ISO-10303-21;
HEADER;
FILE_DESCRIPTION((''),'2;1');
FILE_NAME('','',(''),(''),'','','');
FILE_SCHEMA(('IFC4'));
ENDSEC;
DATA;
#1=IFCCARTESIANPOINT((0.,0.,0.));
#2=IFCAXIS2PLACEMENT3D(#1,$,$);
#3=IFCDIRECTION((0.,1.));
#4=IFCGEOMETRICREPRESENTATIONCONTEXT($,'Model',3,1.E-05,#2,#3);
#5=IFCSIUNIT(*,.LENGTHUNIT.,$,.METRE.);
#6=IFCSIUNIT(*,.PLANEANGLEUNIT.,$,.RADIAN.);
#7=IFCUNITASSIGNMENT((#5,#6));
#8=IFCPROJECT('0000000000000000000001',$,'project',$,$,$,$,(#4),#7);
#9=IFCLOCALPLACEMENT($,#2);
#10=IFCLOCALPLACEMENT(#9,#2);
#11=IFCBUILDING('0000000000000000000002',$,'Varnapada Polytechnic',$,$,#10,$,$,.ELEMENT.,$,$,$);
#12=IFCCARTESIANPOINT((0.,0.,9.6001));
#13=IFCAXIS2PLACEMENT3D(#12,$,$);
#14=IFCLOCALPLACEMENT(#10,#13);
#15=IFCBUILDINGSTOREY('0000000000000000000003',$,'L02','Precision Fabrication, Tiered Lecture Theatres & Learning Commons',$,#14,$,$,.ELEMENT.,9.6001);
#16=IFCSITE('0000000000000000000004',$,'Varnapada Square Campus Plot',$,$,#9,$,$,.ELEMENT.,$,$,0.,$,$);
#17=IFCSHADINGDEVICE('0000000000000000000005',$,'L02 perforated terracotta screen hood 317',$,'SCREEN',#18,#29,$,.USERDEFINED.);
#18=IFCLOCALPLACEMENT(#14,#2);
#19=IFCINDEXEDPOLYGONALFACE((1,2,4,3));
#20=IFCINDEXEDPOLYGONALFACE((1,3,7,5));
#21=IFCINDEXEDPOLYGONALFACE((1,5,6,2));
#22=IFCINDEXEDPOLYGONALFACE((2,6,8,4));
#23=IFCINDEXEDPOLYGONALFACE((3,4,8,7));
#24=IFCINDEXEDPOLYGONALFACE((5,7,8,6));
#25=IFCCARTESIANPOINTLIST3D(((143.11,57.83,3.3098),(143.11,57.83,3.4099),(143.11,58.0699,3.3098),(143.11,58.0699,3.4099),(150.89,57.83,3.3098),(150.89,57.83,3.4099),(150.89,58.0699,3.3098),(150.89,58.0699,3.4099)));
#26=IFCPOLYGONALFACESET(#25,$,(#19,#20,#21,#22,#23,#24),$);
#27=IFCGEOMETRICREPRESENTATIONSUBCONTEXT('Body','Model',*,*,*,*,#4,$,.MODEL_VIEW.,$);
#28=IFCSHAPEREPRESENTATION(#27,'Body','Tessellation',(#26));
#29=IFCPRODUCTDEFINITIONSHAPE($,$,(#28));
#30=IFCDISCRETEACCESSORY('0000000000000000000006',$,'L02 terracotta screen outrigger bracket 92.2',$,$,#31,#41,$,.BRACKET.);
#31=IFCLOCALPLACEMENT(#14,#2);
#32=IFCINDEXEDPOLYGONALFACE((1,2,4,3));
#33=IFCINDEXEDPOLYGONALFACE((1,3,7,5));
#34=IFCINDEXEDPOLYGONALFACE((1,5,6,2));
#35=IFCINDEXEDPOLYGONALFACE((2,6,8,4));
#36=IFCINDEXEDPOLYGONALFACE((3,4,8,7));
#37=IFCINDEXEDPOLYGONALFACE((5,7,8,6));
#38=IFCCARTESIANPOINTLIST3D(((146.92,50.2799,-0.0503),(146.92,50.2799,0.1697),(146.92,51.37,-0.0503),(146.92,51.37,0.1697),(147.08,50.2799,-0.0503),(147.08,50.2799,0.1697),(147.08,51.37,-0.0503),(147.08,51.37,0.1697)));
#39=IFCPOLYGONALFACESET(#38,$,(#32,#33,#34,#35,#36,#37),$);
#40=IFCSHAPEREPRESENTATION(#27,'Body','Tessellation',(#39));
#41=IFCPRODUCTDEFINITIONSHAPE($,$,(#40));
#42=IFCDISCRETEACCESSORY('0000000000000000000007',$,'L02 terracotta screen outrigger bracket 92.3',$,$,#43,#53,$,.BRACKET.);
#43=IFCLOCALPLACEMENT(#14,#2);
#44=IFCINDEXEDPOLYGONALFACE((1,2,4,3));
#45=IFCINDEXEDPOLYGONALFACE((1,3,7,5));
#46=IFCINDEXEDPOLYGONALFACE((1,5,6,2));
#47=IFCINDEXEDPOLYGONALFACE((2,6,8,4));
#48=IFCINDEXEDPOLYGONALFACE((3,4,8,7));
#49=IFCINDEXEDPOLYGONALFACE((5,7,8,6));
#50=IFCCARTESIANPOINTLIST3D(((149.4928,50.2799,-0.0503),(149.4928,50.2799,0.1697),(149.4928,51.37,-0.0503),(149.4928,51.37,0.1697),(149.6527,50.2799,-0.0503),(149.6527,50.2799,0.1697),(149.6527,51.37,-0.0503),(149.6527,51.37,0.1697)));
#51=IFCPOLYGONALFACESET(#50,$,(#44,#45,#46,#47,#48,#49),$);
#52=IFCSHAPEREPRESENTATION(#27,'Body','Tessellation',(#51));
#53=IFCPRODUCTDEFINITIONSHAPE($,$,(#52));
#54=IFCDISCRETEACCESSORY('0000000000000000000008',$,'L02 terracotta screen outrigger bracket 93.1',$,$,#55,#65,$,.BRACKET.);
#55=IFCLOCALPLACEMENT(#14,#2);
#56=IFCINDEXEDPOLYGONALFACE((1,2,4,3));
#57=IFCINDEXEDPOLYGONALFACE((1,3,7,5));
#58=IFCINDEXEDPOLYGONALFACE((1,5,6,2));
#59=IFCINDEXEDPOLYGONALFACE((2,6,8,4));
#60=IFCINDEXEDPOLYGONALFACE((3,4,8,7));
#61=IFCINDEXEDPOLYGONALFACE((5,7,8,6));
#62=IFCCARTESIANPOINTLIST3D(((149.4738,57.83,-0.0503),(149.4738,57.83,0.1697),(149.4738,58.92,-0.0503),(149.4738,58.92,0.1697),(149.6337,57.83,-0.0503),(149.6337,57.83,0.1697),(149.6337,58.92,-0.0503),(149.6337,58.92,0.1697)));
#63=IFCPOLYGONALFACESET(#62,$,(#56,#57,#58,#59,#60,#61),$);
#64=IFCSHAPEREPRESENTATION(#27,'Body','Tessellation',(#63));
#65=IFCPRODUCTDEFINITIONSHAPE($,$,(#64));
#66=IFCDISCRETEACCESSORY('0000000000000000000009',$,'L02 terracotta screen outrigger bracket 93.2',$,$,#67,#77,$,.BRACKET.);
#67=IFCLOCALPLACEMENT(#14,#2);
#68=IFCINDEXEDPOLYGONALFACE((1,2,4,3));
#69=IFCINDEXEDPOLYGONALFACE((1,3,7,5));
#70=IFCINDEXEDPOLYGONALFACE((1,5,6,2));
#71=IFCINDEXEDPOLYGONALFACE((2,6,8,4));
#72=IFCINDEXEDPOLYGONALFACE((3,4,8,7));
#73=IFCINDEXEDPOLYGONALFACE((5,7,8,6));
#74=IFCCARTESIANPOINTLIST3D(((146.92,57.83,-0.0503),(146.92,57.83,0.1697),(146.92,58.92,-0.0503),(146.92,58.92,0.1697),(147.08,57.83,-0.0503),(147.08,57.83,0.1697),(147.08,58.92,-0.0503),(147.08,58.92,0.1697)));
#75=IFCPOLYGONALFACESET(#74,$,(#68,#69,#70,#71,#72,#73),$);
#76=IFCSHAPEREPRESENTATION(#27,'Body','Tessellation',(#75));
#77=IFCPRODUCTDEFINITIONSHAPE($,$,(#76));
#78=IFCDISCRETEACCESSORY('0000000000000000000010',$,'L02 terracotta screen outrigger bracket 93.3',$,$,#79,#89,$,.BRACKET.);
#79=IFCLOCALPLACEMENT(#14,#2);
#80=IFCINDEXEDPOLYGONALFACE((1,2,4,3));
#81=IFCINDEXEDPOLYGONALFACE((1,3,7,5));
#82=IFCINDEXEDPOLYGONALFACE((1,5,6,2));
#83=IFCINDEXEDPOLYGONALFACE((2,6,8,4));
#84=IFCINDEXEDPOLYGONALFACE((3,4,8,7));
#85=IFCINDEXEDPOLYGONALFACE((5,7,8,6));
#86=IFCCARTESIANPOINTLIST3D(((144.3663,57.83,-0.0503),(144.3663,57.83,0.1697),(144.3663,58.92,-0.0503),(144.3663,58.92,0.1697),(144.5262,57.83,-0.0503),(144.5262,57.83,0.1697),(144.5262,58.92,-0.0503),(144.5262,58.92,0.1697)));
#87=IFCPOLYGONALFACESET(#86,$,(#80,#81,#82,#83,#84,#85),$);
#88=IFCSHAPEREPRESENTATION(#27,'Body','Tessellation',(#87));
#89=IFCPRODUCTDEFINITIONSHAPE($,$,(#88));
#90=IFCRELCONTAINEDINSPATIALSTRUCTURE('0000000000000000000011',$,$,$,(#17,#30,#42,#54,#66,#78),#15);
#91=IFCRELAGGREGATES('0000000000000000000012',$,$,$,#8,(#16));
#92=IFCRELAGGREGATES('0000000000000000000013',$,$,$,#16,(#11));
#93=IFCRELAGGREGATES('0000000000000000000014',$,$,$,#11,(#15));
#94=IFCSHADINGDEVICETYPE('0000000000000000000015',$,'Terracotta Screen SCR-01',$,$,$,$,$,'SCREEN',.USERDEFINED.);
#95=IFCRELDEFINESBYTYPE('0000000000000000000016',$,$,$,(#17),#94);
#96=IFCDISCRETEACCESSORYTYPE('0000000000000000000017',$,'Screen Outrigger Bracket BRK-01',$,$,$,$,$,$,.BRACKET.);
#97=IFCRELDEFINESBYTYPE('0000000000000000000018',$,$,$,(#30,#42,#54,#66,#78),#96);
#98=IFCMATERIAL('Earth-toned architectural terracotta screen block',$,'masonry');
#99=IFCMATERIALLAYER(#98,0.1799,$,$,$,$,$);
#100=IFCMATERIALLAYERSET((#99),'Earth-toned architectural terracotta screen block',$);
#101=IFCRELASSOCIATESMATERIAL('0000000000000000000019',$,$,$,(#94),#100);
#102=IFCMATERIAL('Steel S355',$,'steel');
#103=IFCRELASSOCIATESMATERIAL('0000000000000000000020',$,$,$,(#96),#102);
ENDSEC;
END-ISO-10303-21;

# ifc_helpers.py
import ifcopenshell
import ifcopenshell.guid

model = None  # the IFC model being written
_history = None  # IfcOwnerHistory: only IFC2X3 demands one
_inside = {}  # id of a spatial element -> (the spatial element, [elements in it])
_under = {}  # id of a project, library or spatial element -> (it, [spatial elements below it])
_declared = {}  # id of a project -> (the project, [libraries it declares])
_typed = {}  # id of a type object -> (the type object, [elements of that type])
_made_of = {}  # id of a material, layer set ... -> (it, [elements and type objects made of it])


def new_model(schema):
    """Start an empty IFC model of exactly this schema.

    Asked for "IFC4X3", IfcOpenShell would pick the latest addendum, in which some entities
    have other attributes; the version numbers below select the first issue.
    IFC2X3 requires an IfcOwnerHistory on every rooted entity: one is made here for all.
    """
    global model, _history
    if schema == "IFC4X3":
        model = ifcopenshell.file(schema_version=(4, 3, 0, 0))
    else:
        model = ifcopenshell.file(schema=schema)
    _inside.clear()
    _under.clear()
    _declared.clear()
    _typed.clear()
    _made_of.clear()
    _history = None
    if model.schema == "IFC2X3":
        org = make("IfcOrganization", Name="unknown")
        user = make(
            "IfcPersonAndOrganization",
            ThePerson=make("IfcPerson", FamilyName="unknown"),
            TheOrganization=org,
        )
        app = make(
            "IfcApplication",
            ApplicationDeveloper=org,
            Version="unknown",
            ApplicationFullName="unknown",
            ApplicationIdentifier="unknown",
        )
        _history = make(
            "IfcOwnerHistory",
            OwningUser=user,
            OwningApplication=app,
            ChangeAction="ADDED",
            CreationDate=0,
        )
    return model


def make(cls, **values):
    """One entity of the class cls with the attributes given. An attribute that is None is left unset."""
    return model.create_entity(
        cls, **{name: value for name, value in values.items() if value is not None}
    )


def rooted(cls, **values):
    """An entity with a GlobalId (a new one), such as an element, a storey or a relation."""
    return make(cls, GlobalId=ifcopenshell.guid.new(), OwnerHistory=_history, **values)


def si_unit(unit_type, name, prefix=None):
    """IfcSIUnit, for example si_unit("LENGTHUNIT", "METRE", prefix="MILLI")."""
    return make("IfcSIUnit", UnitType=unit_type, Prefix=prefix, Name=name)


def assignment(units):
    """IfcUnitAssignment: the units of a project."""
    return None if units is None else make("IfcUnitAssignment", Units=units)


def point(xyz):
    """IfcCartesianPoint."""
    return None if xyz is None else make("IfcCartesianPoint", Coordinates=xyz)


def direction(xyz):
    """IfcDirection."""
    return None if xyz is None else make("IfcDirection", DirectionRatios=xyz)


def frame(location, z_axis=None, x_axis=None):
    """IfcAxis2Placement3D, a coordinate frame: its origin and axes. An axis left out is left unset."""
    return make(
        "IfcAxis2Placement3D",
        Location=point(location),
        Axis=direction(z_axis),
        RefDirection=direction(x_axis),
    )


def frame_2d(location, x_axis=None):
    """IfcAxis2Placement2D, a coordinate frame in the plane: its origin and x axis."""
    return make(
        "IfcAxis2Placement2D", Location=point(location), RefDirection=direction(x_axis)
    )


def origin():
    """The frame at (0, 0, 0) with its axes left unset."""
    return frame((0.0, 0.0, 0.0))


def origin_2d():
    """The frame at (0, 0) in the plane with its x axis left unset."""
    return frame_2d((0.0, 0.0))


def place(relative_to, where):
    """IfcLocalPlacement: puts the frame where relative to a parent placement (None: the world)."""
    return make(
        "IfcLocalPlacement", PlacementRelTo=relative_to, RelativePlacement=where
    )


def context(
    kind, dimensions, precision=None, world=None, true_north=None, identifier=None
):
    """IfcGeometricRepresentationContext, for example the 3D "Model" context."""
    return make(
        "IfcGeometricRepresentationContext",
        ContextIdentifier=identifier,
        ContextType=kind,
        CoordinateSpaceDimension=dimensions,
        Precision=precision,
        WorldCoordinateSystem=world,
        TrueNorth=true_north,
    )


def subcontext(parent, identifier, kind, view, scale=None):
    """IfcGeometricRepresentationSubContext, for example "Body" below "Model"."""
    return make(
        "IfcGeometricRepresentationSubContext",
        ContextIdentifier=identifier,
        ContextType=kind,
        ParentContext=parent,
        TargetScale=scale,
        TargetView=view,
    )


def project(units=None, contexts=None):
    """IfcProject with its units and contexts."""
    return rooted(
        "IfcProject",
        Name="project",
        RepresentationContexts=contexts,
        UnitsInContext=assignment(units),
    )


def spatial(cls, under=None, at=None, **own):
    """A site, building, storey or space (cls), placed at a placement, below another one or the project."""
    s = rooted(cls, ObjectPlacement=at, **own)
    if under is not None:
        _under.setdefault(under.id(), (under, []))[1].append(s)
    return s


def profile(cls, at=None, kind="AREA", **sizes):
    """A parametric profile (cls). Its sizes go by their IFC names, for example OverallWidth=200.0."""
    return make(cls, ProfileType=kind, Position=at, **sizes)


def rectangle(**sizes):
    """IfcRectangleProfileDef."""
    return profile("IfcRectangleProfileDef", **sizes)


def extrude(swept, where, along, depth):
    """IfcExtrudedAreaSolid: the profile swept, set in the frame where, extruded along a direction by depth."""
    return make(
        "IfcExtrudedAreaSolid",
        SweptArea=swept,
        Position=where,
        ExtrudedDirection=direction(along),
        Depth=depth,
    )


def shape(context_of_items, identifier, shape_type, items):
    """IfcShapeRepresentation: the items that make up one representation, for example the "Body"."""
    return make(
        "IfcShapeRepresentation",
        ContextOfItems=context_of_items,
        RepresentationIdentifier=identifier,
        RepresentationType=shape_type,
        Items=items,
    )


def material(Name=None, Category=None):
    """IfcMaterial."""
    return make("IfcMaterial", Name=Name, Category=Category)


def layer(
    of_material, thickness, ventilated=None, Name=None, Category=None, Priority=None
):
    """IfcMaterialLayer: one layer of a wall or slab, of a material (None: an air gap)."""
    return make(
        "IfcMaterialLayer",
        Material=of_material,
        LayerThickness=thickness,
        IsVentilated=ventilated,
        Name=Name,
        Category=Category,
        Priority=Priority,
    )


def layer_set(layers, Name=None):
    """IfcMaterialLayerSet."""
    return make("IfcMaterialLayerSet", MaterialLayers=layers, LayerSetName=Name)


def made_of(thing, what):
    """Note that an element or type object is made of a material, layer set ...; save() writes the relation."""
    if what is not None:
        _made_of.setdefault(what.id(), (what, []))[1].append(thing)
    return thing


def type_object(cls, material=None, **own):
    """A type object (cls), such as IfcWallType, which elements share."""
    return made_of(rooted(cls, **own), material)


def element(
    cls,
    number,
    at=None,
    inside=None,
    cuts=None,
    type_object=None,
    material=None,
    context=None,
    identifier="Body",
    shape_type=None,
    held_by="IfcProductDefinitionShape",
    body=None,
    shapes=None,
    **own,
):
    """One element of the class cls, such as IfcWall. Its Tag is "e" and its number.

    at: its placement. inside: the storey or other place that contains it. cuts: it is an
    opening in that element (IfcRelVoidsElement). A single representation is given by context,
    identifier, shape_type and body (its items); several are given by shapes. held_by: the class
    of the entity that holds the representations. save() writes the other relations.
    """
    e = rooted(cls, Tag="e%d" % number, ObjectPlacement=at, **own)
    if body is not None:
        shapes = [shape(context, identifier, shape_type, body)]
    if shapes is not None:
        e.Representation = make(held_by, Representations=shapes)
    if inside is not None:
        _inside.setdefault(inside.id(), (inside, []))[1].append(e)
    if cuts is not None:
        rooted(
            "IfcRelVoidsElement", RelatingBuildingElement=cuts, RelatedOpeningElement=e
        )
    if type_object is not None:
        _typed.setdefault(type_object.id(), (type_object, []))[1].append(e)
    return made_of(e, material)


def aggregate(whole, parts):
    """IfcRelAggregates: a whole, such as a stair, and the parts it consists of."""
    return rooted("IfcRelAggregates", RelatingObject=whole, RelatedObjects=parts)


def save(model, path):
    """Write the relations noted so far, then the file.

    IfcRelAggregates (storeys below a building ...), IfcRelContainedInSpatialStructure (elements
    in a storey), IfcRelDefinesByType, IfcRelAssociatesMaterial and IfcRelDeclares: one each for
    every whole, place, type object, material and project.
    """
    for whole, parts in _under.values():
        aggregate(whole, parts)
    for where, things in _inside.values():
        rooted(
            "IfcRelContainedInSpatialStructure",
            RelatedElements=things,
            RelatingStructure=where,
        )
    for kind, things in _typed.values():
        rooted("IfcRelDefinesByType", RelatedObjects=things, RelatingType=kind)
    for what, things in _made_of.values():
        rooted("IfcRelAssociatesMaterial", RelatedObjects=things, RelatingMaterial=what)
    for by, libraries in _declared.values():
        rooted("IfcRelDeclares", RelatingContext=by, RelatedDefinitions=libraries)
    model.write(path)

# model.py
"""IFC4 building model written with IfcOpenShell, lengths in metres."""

from ifc_helpers import new_model, si_unit, direction, frame, origin, origin_2d, place, context, subcontext, project, spatial, rectangle, extrude, material, layer, layer_set, type_object, element, save


model = new_model("IFC4")

# Units and contexts
model_context = context("Model", 3, precision=1e-05, world=origin(), true_north=direction((0.0, 1.0)))
body_context = subcontext(model_context, "Body", "Model", "MODEL_VIEW")
ifc_project = project(units=[si_unit("LENGTHUNIT", "METRE"), si_unit("PLANEANGLEUNIT", "RADIAN")], contexts=[model_context])

# Site, building, storey
site_placement = place(None, origin())
site = spatial("IfcSite", under=ifc_project, at=site_placement, Name="Varnapada Square Campus Plot", CompositionType="ELEMENT", RefElevation=0.0)
building_placement = place(site_placement, origin())
building = spatial("IfcBuilding", under=site, at=building_placement, Name="Varnapada Polytechnic", CompositionType="ELEMENT")
storey_placement = place(building_placement, frame((0.0, 0.0, 9.6001)))
storey = spatial("IfcBuildingStorey", under=building, at=storey_placement, Name="L02", Description="Precision Fabrication, Tiered Lecture Theatres & Learning Commons", CompositionType="ELEMENT", Elevation=9.6001)

# Shared definitions
ifc_material_1 = material(Name="Earth-toned architectural terracotta screen block", Category="masonry")

# Shading device
ifc_layer_1 = layer(ifc_material_1, 0.1799)
ifc_layer_set_1 = layer_set([ifc_layer_1], Name="Earth-toned architectural terracotta screen block")
shading_device_type = type_object("IfcShadingDeviceType", Name="Terracotta Screen SCR-01", ElementType="SCREEN", PredefinedType="USERDEFINED", material=ifc_layer_set_1)
shading_device_1_placement = place(storey_placement, frame((147.0, 57.95, 3.3098), z_axis=(0.0, 0.0, 1.0), x_axis=(-1.0, 0.0, 0.0)))
element("IfcShadingDevice", 1, at=shading_device_1_placement, inside=storey, type_object=shading_device_type, Name="L02 perforated terracotta screen hood 317", ObjectType="SCREEN", PredefinedType="USERDEFINED", context=body_context, shape_type="SweptSolid", body=[
    extrude(rectangle(XDim=7.78, YDim=0.24, at=origin_2d()), origin(), (0.0, 0.0, 1.0), 0.1001),
])

# Discrete accessories
ifc_material_2 = material(Name="Steel S355", Category="steel")
discrete_accessory_type = type_object("IfcDiscreteAccessoryType", Name="Screen Outrigger Bracket BRK-01", PredefinedType="BRACKET", material=ifc_material_2)
for number, where, z_axis, x_axis, name in (
    (2, (147.0, 50.825, -0.0503), (0.0, 0.0, 1.0), (1.0, 0.0, 0.0), "L02 terracotta screen outrigger bracket 92.2"),
    (3, (149.5728, 50.825, -0.0503), (0.0, 0.0, 1.0), (1.0, 0.0, 0.0), "L02 terracotta screen outrigger bracket 92.3"),
    (4, (149.5537, 58.375, -0.0503), (0.0, 0.0, 1.0), (-1.0, 0.0, 0.0), "L02 terracotta screen outrigger bracket 93.1"),
    (5, (147.0, 58.375, -0.0503), (0.0, 0.0, 1.0), (-1.0, 0.0, 0.0), "L02 terracotta screen outrigger bracket 93.2"),
    (6, (144.4463, 58.375, -0.0503), (0.0, 0.0, 1.0), (-1.0, 0.0, 0.0), "L02 terracotta screen outrigger bracket 93.3"),
):
    element("IfcDiscreteAccessory", number, at=place(storey_placement, frame(where, z_axis=z_axis, x_axis=x_axis)), inside=storey, type_object=discrete_accessory_type, Name=name, PredefinedType="BRACKET", context=body_context, shape_type="SweptSolid", body=[
        extrude(rectangle(XDim=0.1599, YDim=1.0901, at=origin_2d()), origin(), (0.0, 0.0, 1.0), 0.22),
    ])

save(model, "model.ifc")
